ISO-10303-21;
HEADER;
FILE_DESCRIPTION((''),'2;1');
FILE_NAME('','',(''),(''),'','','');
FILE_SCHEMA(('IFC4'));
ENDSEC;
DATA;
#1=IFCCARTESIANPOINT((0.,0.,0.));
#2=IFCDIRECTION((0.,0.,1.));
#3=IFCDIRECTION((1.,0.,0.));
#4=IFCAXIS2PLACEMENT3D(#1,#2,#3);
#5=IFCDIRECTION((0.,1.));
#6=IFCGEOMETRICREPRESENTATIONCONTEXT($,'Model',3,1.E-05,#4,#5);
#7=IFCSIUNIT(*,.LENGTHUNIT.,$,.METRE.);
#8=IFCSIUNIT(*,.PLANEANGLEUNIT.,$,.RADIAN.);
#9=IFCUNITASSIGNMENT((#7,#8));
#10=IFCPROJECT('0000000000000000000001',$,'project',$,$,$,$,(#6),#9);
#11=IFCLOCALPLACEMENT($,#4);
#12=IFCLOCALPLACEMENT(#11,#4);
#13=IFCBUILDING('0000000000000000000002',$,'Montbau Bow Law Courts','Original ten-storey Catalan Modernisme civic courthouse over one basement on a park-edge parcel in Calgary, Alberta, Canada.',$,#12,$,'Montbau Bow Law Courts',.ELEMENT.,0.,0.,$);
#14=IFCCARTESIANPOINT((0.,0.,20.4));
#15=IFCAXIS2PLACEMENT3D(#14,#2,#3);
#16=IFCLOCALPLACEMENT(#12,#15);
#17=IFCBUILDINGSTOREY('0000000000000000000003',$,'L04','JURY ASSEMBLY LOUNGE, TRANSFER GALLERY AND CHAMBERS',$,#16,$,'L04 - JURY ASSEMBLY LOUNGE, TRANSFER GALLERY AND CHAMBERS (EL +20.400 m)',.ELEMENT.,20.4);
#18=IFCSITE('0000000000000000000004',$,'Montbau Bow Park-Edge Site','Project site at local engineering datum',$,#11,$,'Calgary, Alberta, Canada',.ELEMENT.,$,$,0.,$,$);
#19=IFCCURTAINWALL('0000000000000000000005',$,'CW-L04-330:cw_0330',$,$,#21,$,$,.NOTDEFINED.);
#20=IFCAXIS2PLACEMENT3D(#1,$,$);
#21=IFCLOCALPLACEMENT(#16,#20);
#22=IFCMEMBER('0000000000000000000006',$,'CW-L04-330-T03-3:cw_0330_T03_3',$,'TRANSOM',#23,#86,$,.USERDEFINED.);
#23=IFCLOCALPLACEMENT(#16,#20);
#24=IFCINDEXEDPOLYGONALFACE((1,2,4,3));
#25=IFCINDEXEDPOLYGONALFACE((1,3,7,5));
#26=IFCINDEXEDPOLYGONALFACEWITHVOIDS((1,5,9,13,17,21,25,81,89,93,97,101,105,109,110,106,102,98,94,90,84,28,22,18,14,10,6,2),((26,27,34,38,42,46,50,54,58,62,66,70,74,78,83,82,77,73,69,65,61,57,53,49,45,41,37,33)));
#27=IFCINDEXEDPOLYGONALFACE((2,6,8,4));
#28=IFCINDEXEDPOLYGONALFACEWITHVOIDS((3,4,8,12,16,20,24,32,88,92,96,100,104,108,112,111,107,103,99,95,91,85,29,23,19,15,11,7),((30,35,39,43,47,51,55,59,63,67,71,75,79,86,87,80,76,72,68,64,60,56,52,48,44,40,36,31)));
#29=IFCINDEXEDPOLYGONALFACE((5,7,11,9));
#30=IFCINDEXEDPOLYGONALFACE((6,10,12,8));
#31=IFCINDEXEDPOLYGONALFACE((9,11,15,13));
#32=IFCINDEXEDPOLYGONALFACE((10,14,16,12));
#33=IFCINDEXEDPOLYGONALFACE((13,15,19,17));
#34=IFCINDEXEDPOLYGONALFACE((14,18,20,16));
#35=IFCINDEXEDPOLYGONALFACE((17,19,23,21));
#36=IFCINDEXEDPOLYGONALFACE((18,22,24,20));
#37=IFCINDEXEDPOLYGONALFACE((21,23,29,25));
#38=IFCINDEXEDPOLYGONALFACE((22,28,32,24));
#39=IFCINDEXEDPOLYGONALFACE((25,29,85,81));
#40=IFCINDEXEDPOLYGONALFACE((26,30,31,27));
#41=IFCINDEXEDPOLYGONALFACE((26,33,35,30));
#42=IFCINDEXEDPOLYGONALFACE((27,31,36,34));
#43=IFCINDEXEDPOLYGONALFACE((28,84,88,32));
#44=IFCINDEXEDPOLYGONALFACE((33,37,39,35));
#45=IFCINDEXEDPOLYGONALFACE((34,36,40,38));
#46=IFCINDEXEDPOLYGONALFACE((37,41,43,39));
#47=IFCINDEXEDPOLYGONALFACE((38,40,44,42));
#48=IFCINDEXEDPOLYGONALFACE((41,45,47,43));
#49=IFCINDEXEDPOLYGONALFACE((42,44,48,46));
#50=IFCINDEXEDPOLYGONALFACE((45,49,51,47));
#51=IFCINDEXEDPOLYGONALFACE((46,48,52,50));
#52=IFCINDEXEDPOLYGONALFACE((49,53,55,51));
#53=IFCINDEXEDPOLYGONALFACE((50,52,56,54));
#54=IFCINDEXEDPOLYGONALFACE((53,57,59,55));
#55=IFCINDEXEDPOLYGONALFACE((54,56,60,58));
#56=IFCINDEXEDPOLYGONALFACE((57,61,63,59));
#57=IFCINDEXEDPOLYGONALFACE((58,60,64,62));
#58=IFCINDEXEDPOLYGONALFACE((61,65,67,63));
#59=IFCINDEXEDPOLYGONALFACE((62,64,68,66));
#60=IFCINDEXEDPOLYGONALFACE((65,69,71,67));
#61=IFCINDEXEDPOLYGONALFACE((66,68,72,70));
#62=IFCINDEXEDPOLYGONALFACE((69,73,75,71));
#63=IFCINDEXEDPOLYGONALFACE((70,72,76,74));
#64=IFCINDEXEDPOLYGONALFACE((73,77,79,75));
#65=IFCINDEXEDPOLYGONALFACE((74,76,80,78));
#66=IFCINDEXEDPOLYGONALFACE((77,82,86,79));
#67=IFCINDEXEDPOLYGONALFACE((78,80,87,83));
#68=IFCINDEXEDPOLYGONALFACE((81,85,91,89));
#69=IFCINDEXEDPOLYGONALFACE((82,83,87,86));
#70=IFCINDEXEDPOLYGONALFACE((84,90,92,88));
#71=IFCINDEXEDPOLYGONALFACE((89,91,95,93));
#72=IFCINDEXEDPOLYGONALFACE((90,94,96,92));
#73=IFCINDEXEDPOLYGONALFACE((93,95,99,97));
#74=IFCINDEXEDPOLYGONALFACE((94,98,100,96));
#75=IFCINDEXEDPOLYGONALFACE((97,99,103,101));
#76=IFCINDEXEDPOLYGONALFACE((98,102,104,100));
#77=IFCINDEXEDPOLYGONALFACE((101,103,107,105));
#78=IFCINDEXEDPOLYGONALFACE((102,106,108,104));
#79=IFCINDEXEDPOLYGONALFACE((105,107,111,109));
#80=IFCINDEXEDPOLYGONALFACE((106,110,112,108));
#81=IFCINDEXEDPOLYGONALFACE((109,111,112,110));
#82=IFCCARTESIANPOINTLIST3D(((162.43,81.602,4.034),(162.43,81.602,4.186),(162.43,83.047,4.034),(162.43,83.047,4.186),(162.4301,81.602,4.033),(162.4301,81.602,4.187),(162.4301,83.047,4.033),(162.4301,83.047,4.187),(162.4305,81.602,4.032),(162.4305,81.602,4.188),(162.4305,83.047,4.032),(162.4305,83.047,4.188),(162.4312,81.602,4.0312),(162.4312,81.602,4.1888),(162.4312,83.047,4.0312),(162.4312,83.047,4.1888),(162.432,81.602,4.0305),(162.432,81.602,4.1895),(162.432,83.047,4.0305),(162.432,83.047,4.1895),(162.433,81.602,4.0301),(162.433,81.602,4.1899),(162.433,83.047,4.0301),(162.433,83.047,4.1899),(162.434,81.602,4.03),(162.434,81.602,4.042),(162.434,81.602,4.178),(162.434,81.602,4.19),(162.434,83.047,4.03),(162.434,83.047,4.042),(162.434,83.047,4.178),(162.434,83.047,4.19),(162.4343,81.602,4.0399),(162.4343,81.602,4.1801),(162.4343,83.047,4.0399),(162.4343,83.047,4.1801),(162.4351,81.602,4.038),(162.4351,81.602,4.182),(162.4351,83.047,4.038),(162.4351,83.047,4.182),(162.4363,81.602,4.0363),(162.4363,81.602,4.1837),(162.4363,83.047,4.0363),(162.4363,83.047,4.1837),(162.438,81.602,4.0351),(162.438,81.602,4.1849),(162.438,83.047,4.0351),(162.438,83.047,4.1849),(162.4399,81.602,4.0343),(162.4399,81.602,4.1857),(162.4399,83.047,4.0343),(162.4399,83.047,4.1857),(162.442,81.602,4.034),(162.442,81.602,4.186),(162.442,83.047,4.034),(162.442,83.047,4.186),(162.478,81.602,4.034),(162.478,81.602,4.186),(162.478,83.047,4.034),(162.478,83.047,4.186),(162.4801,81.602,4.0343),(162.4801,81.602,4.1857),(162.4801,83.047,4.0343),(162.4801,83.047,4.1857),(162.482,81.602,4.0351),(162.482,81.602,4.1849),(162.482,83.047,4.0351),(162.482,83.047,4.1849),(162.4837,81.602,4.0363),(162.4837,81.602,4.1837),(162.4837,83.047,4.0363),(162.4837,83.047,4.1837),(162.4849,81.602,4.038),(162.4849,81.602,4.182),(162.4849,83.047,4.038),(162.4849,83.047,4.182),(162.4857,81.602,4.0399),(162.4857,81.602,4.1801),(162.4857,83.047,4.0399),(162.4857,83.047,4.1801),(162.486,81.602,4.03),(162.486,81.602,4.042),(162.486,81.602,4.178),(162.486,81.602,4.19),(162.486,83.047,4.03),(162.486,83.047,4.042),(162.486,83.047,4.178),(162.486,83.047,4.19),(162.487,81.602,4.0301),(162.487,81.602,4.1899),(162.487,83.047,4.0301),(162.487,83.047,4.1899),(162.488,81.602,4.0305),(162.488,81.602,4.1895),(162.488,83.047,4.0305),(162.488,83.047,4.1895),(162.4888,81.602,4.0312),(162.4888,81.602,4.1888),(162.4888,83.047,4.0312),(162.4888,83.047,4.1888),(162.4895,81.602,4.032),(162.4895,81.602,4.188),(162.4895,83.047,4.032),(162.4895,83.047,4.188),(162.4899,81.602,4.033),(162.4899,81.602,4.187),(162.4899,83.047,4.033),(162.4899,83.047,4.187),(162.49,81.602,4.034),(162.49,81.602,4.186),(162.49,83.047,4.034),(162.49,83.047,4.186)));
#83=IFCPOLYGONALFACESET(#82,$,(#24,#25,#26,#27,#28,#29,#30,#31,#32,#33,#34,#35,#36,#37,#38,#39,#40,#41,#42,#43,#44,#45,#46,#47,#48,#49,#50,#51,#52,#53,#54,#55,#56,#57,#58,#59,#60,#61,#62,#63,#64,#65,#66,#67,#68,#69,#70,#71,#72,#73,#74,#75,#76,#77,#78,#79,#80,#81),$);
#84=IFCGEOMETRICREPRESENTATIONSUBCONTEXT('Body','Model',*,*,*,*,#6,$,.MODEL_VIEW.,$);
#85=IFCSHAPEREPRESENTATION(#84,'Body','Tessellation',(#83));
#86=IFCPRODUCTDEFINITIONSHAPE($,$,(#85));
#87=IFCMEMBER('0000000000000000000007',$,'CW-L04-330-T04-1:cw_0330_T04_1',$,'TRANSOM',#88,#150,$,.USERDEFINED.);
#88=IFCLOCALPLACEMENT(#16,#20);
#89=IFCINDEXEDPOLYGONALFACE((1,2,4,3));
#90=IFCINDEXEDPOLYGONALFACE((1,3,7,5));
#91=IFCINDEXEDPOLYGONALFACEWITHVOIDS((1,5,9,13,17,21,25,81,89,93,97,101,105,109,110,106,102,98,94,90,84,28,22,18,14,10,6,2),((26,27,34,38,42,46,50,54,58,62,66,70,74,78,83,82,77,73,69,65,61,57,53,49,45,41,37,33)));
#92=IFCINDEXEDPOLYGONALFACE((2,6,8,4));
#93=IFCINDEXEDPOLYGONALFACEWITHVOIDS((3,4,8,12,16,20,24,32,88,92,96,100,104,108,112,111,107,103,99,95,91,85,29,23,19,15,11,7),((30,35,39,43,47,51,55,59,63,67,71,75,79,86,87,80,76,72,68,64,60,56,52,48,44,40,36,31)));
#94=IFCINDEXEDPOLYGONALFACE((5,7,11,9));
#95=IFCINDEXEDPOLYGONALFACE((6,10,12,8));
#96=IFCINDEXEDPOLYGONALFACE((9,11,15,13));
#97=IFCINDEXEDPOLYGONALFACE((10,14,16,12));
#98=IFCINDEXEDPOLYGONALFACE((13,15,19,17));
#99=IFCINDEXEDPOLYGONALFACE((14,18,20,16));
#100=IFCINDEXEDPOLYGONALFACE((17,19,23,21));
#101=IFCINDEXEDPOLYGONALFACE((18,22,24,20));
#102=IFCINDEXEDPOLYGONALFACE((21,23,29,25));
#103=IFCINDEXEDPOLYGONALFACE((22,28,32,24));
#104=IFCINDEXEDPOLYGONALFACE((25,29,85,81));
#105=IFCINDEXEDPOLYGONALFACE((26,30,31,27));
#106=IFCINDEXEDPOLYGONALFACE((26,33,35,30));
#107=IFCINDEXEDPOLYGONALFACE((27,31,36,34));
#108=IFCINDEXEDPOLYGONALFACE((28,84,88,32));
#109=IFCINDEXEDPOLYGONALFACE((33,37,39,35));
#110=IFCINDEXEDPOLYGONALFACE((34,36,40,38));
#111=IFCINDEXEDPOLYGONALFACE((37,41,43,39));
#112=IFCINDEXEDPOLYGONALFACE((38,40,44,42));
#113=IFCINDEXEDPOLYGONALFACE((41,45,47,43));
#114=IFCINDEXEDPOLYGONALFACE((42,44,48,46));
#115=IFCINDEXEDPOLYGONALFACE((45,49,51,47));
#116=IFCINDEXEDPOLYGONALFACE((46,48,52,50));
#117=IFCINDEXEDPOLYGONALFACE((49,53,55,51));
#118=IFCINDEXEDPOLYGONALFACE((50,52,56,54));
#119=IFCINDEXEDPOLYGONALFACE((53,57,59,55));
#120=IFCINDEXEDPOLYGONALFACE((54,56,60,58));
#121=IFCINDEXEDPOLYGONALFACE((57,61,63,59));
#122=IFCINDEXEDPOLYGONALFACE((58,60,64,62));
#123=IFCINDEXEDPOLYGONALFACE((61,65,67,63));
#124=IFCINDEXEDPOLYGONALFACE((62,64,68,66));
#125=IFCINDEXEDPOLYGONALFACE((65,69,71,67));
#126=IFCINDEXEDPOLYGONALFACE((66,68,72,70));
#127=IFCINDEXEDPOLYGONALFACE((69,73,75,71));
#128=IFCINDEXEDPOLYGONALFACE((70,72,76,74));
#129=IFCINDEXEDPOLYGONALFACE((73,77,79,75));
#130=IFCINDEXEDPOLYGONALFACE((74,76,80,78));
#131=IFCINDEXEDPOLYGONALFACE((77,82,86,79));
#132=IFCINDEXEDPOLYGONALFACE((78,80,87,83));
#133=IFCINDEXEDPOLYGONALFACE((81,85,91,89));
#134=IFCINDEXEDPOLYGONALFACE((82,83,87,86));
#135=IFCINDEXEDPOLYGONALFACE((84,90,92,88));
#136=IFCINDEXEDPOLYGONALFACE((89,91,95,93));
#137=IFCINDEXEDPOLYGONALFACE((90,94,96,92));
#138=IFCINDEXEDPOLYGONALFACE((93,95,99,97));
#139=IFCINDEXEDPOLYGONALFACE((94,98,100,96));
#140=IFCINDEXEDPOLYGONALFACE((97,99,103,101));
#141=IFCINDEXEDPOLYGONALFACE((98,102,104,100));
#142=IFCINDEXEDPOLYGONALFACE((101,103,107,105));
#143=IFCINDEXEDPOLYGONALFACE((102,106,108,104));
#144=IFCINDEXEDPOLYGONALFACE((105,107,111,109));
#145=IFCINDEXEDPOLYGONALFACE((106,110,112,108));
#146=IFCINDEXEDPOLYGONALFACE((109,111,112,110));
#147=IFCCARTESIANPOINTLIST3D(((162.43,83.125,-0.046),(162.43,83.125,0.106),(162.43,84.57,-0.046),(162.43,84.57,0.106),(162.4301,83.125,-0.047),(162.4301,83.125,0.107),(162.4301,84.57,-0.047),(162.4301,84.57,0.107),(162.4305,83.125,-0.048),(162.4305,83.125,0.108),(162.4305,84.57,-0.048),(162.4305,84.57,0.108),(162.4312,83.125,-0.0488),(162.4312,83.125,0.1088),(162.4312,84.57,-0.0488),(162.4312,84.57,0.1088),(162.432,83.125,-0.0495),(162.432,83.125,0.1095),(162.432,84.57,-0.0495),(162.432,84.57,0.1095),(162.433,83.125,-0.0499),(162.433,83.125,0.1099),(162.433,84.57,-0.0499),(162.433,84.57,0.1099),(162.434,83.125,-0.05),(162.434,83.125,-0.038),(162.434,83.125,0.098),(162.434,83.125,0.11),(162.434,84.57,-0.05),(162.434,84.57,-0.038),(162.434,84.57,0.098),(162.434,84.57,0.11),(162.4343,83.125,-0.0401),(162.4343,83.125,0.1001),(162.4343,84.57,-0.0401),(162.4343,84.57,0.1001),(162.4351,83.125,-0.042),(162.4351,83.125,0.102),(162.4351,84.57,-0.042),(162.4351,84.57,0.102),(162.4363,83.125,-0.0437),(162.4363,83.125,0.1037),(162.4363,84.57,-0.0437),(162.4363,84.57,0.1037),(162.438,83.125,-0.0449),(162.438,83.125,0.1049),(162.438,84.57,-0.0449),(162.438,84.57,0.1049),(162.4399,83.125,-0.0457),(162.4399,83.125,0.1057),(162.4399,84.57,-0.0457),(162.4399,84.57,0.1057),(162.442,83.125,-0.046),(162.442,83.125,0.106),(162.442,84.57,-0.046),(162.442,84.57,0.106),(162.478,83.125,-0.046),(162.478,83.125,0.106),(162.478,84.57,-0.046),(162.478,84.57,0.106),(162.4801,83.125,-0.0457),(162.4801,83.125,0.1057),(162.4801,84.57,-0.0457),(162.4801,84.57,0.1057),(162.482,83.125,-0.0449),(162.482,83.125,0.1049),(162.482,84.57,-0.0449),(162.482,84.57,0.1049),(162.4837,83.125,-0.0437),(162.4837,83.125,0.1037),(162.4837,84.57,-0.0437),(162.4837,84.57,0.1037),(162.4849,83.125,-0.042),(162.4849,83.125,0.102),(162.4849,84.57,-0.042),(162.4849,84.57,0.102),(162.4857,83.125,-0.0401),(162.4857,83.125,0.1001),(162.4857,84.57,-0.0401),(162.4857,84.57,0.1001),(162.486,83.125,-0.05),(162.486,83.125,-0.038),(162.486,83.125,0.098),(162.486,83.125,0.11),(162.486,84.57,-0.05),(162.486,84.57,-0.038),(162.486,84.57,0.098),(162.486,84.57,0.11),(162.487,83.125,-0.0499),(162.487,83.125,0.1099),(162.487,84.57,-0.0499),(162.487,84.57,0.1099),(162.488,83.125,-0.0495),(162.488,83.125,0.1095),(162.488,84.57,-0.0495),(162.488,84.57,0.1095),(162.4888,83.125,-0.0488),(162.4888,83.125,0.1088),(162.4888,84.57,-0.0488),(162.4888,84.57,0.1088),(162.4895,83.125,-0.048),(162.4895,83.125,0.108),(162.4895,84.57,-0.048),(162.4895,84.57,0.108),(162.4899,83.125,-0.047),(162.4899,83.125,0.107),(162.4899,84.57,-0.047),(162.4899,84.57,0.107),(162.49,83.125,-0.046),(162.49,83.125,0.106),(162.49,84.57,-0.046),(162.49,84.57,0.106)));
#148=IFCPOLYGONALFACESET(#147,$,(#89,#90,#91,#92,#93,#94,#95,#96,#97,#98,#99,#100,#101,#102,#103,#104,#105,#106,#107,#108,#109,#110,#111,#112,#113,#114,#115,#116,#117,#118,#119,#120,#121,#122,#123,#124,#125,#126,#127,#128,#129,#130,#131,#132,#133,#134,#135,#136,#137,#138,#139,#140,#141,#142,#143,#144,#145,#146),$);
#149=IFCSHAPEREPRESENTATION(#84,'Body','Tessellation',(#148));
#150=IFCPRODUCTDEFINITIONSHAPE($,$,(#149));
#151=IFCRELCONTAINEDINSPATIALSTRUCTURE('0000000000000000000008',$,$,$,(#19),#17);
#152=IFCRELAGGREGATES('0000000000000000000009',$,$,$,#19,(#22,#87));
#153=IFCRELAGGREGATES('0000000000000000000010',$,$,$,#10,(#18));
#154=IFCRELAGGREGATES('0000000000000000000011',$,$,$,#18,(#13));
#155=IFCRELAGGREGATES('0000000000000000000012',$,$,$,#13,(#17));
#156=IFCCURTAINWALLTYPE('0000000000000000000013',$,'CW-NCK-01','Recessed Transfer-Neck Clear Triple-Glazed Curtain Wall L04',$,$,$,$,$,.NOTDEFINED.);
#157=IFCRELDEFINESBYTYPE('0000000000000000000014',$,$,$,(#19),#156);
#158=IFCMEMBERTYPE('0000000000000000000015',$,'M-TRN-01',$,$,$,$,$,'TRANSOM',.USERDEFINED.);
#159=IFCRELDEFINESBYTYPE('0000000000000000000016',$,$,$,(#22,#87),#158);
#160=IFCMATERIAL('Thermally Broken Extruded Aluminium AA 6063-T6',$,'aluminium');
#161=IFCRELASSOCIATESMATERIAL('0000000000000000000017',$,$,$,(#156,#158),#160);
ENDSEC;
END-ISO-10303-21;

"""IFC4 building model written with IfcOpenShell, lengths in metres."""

from ifc_helpers import new_model, si_unit, direction, frame, origin_with_axes, origin_2d_with_axis, place, context, subcontext, project, spatial, hollow_rectangle, extrude, material, material_profile, profile_set, type_object, element, aggregate, save


model = new_model("IFC4")

# Units and contexts
model_context = context("Model", 3, precision=1e-05, world=origin_with_axes(), true_north=direction((0.0, 1.0)))
body_context = subcontext(model_context, "Body", "Model", "MODEL_VIEW")
ifc_project = project(units=[si_unit("LENGTHUNIT", "METRE"), si_unit("PLANEANGLEUNIT", "RADIAN")], contexts=[model_context])

# Site, building, storey
site_placement = place(None, origin_with_axes())
site = spatial("IfcSite", under=ifc_project, at=site_placement, Name="Montbau Bow Park-Edge Site", Description="Project site at local engineering datum", LongName="Calgary, Alberta, Canada", CompositionType="ELEMENT", RefElevation=0.0)
building_placement = place(site_placement, origin_with_axes())
building = spatial("IfcBuilding", under=site, at=building_placement, Name="Montbau Bow Law Courts", Description="Original ten-storey Catalan Modernisme civic courthouse over one basement on a park-edge parcel in Calgary, Alberta, Canada.", LongName="Montbau Bow Law Courts", CompositionType="ELEMENT", ElevationOfRefHeight=0.0, ElevationOfTerrain=0.0)
storey_placement = place(building_placement, frame((0.0, 0.0, 20.4), z_axis=(0.0, 0.0, 1.0), x_axis=(1.0, 0.0, 0.0)))
storey = spatial("IfcBuildingStorey", under=building, at=storey_placement, Name="L04", Description="JURY ASSEMBLY LOUNGE, TRANSFER GALLERY AND CHAMBERS", LongName="L04 - JURY ASSEMBLY LOUNGE, TRANSFER GALLERY AND CHAMBERS (EL +20.400 m)", CompositionType="ELEMENT", Elevation=20.4)

# Curtain wall, members
ifc_material_1 = material(Name="Thermally Broken Extruded Aluminium AA 6063-T6", Category="aluminium")
curtain_wall_type = type_object("IfcCurtainWallType", Name="CW-NCK-01", Description="Recessed Transfer-Neck Clear Triple-Glazed Curtain Wall L04", PredefinedType="NOTDEFINED", material=ifc_material_1)
curtain_wall_placement = place(None, frame((162.46, 78.515, 20.4), z_axis=(0.0, 0.0, 1.0), x_axis=(1.0, 0.0, 0.0)))
curtain_wall = element("IfcCurtainWall", 1, at=curtain_wall_placement, inside=storey, type_object=curtain_wall_type, Name="CW-L04-330:cw_0330", PredefinedType="NOTDEFINED")
ifc_material_profile_1 = material_profile(ifc_material_1, hollow_rectangle(XDim=0.06, YDim=0.16, WallThickness=0.004, InnerFilletRadius=0.008, OuterFilletRadius=0.004, at=origin_2d_with_axis()), Name="CWT-160X60", Category="Main", Priority=0)
ifc_profile_set_1 = profile_set([ifc_material_profile_1], Name="Thermally Broken Extruded Aluminium AA 6063-T6")
member_type_1 = type_object("IfcMemberType", Name="M-TRN-01", ElementType="TRANSOM", PredefinedType="USERDEFINED", material=ifc_profile_set_1)
member_1_placement = place(None, frame((162.46, 81.602, 24.51), z_axis=(0.0, 1.0, 0.0), x_axis=(-1.0, 0.0, 0.0)))
member_1 = element("IfcMember", 2, at=member_1_placement, type_object=member_type_1, Name="CW-L04-330-T03-3:cw_0330_T03_3", ObjectType="TRANSOM", PredefinedType="USERDEFINED", context=body_context, shape_type="SweptSolid", body=[
    extrude(hollow_rectangle(XDim=0.06, YDim=0.16, WallThickness=0.004, InnerFilletRadius=0.008, OuterFilletRadius=0.004, at=origin_2d_with_axis()), origin_with_axes(), (0.0, 0.0, 1.0), 1.445),
])
member_2_placement = place(None, frame((162.46, 83.125, 20.43), z_axis=(0.0, 1.0, 0.0), x_axis=(-1.0, 0.0, 0.0)))
member_2 = element("IfcMember", 3, at=member_2_placement, type_object=member_type_1, Name="CW-L04-330-T04-1:cw_0330_T04_1", ObjectType="TRANSOM", PredefinedType="USERDEFINED", context=body_context, shape_type="SweptSolid", body=[
    extrude(hollow_rectangle(XDim=0.06, YDim=0.16, WallThickness=0.004, InnerFilletRadius=0.008, OuterFilletRadius=0.004, at=origin_2d_with_axis()), origin_with_axes(), (0.0, 0.0, 1.0), 1.445),
])
aggregate(curtain_wall, [member_1, member_2])

save(model, "model.ifc")
